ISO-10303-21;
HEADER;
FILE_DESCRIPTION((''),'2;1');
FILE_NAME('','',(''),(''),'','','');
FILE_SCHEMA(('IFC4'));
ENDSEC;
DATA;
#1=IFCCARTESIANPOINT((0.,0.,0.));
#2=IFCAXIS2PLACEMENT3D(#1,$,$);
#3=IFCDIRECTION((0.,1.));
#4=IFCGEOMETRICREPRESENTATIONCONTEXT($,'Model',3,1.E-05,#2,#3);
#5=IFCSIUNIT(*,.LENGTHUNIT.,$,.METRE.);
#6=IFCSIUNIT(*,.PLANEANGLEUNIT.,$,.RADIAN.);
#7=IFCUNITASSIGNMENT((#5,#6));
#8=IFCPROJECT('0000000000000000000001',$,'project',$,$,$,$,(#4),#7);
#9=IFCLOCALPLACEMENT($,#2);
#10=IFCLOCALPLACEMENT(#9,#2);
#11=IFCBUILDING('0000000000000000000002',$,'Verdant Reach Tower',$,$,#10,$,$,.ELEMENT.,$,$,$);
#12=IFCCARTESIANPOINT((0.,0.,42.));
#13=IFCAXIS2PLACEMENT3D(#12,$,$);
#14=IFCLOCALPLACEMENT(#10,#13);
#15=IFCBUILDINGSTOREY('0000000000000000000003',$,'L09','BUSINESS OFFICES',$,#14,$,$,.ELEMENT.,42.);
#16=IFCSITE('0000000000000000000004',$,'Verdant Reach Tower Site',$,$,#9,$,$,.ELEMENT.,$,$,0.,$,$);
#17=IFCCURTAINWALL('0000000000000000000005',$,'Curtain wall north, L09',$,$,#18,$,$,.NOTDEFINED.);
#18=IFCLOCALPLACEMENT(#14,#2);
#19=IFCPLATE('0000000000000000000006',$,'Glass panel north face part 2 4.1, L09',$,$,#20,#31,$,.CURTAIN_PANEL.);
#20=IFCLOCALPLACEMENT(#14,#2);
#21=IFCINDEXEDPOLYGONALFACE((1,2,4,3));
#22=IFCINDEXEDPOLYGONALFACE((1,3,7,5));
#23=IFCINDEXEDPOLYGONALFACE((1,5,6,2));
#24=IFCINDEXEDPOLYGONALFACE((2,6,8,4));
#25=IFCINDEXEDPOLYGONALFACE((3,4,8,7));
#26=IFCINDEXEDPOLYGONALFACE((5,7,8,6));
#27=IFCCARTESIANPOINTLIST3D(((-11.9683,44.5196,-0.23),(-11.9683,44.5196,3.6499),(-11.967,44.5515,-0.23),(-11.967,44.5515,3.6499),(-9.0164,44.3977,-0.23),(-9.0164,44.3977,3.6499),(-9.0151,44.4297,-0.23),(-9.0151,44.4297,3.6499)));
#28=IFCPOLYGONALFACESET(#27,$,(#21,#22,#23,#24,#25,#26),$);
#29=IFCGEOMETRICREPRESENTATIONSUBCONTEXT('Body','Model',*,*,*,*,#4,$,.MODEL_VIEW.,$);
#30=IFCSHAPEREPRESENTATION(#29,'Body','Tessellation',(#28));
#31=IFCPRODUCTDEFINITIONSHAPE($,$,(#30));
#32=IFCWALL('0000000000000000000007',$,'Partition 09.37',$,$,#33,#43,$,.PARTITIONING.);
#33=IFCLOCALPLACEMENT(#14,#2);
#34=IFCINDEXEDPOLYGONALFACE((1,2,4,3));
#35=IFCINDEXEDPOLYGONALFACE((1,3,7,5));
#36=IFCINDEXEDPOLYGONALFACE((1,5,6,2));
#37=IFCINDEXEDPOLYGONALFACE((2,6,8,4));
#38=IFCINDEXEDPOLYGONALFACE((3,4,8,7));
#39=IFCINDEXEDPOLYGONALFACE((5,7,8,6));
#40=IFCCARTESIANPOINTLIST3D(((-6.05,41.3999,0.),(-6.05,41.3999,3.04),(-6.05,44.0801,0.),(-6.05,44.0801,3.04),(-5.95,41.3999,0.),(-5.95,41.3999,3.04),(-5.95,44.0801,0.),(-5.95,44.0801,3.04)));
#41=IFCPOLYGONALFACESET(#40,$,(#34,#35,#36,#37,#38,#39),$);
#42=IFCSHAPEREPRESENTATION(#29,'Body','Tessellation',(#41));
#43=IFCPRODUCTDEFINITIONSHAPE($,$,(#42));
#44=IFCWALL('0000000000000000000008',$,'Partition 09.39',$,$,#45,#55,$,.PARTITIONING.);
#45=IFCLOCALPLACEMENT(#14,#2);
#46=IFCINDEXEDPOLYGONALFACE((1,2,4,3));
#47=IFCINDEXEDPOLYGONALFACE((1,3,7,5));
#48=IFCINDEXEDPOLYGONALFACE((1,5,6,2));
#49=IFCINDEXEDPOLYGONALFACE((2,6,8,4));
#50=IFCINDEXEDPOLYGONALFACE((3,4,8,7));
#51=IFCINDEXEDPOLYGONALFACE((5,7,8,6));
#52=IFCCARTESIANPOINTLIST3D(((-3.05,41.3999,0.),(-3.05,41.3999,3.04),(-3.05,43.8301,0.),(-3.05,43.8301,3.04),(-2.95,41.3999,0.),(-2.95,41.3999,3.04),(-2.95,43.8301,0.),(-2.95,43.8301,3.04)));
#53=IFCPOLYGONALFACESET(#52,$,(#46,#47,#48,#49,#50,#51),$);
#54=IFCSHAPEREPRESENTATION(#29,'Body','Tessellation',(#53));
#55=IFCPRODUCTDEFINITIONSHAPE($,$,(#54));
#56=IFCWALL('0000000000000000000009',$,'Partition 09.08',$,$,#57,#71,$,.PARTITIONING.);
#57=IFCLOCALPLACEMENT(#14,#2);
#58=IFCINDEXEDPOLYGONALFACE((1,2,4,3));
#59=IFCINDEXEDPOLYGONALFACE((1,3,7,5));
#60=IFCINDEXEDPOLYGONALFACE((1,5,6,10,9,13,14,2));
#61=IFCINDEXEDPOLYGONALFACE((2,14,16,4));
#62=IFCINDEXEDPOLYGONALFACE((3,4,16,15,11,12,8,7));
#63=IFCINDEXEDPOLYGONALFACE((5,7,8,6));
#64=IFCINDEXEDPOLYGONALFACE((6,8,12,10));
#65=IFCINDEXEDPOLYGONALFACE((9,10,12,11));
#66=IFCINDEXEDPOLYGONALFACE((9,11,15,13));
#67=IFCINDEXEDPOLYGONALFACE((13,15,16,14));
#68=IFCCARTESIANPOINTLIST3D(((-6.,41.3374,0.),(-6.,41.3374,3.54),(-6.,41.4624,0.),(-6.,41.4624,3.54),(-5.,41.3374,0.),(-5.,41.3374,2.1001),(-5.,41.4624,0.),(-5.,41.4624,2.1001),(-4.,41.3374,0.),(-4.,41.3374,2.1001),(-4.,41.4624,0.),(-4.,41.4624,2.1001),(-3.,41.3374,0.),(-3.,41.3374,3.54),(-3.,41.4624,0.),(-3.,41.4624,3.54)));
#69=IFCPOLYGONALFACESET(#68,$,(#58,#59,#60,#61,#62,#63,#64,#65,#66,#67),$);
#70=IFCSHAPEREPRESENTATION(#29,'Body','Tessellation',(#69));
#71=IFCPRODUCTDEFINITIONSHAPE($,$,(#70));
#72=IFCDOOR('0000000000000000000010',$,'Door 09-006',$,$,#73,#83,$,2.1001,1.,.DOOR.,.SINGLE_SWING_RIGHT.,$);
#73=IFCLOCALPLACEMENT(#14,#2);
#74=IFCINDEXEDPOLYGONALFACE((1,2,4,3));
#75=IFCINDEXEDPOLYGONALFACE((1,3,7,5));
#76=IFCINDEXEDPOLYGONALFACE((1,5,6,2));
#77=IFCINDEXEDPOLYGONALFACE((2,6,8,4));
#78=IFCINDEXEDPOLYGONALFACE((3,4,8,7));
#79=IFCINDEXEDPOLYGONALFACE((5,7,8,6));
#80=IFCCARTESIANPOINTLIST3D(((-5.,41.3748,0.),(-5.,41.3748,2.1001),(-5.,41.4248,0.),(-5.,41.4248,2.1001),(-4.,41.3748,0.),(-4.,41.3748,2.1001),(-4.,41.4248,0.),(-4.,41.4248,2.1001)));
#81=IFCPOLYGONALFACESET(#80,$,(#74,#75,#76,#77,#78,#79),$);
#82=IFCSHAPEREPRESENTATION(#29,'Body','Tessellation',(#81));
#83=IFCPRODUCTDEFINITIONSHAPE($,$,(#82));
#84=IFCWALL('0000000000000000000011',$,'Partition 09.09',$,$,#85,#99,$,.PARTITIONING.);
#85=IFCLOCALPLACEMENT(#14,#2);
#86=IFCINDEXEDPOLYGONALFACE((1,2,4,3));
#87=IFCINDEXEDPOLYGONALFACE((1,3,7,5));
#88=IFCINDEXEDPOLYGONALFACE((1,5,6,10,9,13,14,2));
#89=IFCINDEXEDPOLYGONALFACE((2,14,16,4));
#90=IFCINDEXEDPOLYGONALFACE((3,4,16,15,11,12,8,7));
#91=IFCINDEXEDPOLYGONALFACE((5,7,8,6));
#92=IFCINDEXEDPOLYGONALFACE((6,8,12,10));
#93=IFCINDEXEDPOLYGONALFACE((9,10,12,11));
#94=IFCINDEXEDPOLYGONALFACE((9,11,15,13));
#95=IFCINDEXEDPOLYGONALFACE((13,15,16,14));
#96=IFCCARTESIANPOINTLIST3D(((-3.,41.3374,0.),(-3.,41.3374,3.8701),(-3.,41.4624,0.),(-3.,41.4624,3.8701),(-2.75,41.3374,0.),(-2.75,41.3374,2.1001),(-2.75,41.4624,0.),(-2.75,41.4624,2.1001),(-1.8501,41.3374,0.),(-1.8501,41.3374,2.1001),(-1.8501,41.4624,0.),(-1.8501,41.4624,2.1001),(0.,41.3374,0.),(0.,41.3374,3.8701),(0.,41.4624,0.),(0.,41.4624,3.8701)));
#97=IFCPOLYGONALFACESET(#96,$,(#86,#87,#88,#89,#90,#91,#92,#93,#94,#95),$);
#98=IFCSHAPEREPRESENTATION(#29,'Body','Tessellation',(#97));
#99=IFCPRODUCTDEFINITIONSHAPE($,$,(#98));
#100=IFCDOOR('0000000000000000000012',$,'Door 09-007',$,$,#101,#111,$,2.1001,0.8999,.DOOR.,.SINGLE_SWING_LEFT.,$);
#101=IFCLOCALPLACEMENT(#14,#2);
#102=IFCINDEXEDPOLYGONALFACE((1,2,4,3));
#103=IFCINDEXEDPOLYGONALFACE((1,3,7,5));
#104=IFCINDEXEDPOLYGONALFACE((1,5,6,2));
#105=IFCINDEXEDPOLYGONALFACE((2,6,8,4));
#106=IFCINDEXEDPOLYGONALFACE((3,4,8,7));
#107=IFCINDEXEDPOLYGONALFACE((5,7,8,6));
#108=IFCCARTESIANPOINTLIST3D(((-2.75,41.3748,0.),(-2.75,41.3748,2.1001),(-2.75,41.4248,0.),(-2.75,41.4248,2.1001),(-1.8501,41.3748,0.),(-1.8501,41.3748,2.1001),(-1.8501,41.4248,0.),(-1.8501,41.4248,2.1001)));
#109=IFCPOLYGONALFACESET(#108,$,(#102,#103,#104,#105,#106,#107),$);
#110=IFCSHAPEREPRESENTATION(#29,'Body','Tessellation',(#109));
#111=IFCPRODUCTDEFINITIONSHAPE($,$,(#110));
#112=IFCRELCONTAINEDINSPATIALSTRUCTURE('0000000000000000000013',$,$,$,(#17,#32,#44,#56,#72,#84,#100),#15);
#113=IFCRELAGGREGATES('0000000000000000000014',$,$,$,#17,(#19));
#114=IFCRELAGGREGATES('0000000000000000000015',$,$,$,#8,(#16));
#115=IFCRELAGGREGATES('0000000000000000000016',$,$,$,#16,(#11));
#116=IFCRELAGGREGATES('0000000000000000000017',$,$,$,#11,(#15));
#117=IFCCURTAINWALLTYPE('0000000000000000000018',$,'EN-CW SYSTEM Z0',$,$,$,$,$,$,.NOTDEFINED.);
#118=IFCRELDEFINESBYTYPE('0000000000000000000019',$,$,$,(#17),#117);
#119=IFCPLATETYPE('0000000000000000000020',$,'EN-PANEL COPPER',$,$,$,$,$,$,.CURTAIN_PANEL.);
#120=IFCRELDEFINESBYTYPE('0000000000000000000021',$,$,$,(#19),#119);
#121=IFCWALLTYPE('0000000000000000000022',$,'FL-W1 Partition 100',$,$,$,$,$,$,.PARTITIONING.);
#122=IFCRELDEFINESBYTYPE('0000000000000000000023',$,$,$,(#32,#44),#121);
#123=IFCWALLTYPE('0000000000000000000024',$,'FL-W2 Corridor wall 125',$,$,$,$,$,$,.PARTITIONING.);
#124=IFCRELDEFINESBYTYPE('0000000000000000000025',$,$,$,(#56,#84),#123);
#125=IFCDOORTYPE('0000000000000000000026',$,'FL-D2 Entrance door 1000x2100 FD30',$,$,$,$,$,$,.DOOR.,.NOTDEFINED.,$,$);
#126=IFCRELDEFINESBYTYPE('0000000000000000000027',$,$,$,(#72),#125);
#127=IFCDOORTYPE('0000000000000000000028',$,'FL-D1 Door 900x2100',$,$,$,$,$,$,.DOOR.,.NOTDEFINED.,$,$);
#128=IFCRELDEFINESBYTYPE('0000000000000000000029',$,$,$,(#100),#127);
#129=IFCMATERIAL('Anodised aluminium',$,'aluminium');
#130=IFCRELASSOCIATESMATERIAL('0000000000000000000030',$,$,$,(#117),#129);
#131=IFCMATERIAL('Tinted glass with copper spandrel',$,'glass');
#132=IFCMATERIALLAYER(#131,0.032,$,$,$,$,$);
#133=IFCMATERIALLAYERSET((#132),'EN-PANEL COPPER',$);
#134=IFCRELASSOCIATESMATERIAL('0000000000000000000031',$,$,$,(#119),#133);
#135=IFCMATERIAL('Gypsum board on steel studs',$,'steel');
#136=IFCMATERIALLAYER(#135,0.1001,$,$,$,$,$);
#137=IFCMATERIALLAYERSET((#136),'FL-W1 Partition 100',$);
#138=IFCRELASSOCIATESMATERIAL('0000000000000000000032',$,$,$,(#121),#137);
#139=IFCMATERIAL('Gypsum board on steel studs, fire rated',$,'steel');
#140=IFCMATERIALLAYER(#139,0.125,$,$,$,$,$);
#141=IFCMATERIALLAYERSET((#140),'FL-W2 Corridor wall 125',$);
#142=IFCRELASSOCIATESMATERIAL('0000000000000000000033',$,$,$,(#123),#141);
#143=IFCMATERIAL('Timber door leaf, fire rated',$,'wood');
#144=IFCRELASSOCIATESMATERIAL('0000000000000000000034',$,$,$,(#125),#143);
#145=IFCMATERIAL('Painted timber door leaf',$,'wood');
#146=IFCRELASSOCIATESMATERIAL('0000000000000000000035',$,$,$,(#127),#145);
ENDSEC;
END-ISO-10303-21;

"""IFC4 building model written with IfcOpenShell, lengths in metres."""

from ifc_helpers import new_model, si_unit, direction, frame, frame_2d, origin, origin_2d, place, context, subcontext, project, spatial, rectangle, extrude, material, layer, layer_set, type_object, element, fill, aggregate, save


model = new_model("IFC4")

# Units and contexts
model_context = context("Model", 3, precision=1e-05, world=origin(), true_north=direction((0.0, 1.0)))
body_context = subcontext(model_context, "Body", "Model", "MODEL_VIEW")
ifc_project = project(units=[si_unit("LENGTHUNIT", "METRE"), si_unit("PLANEANGLEUNIT", "RADIAN")], contexts=[model_context])

# Site, building, storey
site_placement = place(None, origin())
site = spatial("IfcSite", under=ifc_project, at=site_placement, Name="Verdant Reach Tower Site", CompositionType="ELEMENT", RefElevation=0.0)
building_placement = place(site_placement, origin())
building = spatial("IfcBuilding", under=site, at=building_placement, Name="Verdant Reach Tower", CompositionType="ELEMENT")
storey_placement = place(building_placement, frame((0.0, 0.0, 42.0)))
storey = spatial("IfcBuildingStorey", under=building, at=storey_placement, Name="L09", Description="BUSINESS OFFICES", CompositionType="ELEMENT", Elevation=42.0)

# Curtain wall
ifc_material_1 = material(Name="Anodised aluminium", Category="aluminium")
curtain_wall_type = type_object("IfcCurtainWallType", Name="EN-CW SYSTEM Z0", PredefinedType="NOTDEFINED", material=ifc_material_1)
curtain_wall_placement = place(storey_placement, origin())
curtain_wall = element("IfcCurtainWall", 1, at=curtain_wall_placement, inside=storey, type_object=curtain_wall_type, Name="Curtain wall north, L09", PredefinedType="NOTDEFINED")

# Plate
ifc_material_2 = material(Name="Tinted glass with copper spandrel", Category="glass")
ifc_layer_1 = layer(ifc_material_2, 0.032)
ifc_layer_set_1 = layer_set([ifc_layer_1], Name="EN-PANEL COPPER")
plate_type_1 = type_object("IfcPlateType", Name="EN-PANEL COPPER", PredefinedType="CURTAIN_PANEL", material=ifc_layer_set_1)
plate_1_placement = place(storey_placement, frame((-10.4917, 44.4746, -0.23), z_axis=(0.0, 0.0, 1.0), x_axis=(-0.999149, 0.041242, 0.0)))
plate_1 = element("IfcPlate", 2, at=plate_1_placement, type_object=plate_type_1, Name="Glass panel north face part 2 4.1, L09", PredefinedType="CURTAIN_PANEL", context=body_context, shape_type="SweptSolid", body=[
    extrude(rectangle(XDim=2.9543, YDim=0.032, at=origin_2d()), origin(), (0.0, 0.0, 1.0), 3.8799),
])
aggregate(curtain_wall, [plate_1])

# Walls
ifc_material_3 = material(Name="Gypsum board on steel studs", Category="steel")
ifc_layer_2 = layer(ifc_material_3, 0.1001)
ifc_layer_set_2 = layer_set([ifc_layer_2], Name="FL-W1 Partition 100")
wall_type_1 = type_object("IfcWallType", Name="FL-W1 Partition 100", PredefinedType="PARTITIONING", material=ifc_layer_set_2)
wall_1_placement = place(storey_placement, frame((-6.0, 41.3999, 0.0), z_axis=(0.0, 0.0, 1.0), x_axis=(0.0, 1.0, 0.0)))
element("IfcWall", 3, at=wall_1_placement, inside=storey, type_object=wall_type_1, Name="Partition 09.37", PredefinedType="PARTITIONING", context=body_context, shape_type="SweptSolid", body=[
    extrude(rectangle(XDim=2.6802, YDim=0.1001, at=frame_2d((1.3401, 0.0))), origin(), (0.0, 0.0, 1.0), 3.04),
])
wall_2_placement = place(storey_placement, frame((-3.0, 41.3999, 0.0), z_axis=(0.0, 0.0, 1.0), x_axis=(0.0, 1.0, 0.0)))
element("IfcWall", 4, at=wall_2_placement, inside=storey, type_object=wall_type_1, Name="Partition 09.39", PredefinedType="PARTITIONING", context=body_context, shape_type="SweptSolid", body=[
    extrude(rectangle(XDim=2.4302, YDim=0.1001, at=frame_2d((1.2151, 0.0))), origin(), (0.0, 0.0, 1.0), 3.04),
])

# Walls, openings, doors
ifc_material_4 = material(Name="Gypsum board on steel studs, fire rated", Category="steel")
ifc_layer_3 = layer(ifc_material_4, 0.125)
ifc_layer_set_3 = layer_set([ifc_layer_3], Name="FL-W2 Corridor wall 125")
wall_type_2 = type_object("IfcWallType", Name="FL-W2 Corridor wall 125", PredefinedType="PARTITIONING", material=ifc_layer_set_3)
wall_3_placement = place(storey_placement, frame((-6.0, 41.3999, 0.0), z_axis=(0.0, 0.0, 1.0), x_axis=(1.0, 0.0, 0.0)))
wall_3 = element("IfcWall", 5, at=wall_3_placement, inside=storey, type_object=wall_type_2, Name="Partition 09.08", PredefinedType="PARTITIONING", context=body_context, shape_type="SweptSolid", body=[
    extrude(rectangle(XDim=3.0, YDim=0.125, at=frame_2d((1.5, 0.0))), origin(), (0.0, 0.0, 1.0), 3.54),
])
opening_1_placement = place(wall_3_placement, frame((1.0, 0.0, 0.0)))
opening_1 = element("IfcOpeningElement", 6, at=opening_1_placement, cuts=wall_3, PredefinedType="OPENING", context=body_context, shape_type="SweptSolid", body=[
    extrude(rectangle(XDim=1.0, YDim=2.1001, at=frame_2d((0.5, 1.05))), frame((0.0, 0.0725, 0.0), z_axis=(0.0, -1.0, 0.0), x_axis=(1.0, 0.0, 0.0)), (0.0, 0.0, 1.0), 0.145),
])
ifc_material_5 = material(Name="Timber door leaf, fire rated", Category="wood")
door_type_1 = type_object("IfcDoorType", Name="FL-D2 Entrance door 1000x2100 FD30", OperationType="NOTDEFINED", PredefinedType="DOOR", material=ifc_material_5)
door_1_placement = place(opening_1_placement, origin())
door_1 = element("IfcDoor", 7, at=door_1_placement, inside=storey, type_object=door_type_1, Name="Door 09-006", OperationType="SINGLE_SWING_RIGHT", OverallHeight=2.1001, OverallWidth=1.0, PredefinedType="DOOR", context=body_context, shape_type="SweptSolid", body=[
    extrude(rectangle(XDim=1.0, YDim=2.1001, at=frame_2d((0.5, 1.05))), frame((0.0, 0.0249, 0.0), z_axis=(0.0, -1.0, 0.0), x_axis=(1.0, 0.0, 0.0)), (0.0, 0.0, 1.0), 0.05),
])
fill(opening_1, door_1)
wall_4_placement = place(storey_placement, frame((-3.0, 41.3999, 0.0), z_axis=(0.0, 0.0, 1.0), x_axis=(1.0, 0.0, 0.0)))
wall_4 = element("IfcWall", 8, at=wall_4_placement, inside=storey, type_object=wall_type_2, Name="Partition 09.09", PredefinedType="PARTITIONING", context=body_context, shape_type="SweptSolid", body=[
    extrude(rectangle(XDim=3.0, YDim=0.125, at=frame_2d((1.5, 0.0))), origin(), (0.0, 0.0, 1.0), 3.8701),
])
opening_2_placement = place(wall_4_placement, frame((0.25, 0.0, 0.0)))
opening_2 = element("IfcOpeningElement", 9, at=opening_2_placement, cuts=wall_4, PredefinedType="OPENING", context=body_context, shape_type="SweptSolid", body=[
    extrude(rectangle(XDim=0.8999, YDim=2.1001, at=frame_2d((0.45, 1.05))), frame((0.0, 0.0725, 0.0), z_axis=(0.0, -1.0, 0.0), x_axis=(1.0, 0.0, 0.0)), (0.0, 0.0, 1.0), 0.145),
])
ifc_material_6 = material(Name="Painted timber door leaf", Category="wood")
door_type_2 = type_object("IfcDoorType", Name="FL-D1 Door 900x2100", OperationType="NOTDEFINED", PredefinedType="DOOR", material=ifc_material_6)
door_2_placement = place(opening_2_placement, origin())
door_2 = element("IfcDoor", 10, at=door_2_placement, inside=storey, type_object=door_type_2, Name="Door 09-007", OperationType="SINGLE_SWING_LEFT", OverallHeight=2.1001, OverallWidth=0.8999, PredefinedType="DOOR", context=body_context, shape_type="SweptSolid", body=[
    extrude(rectangle(XDim=0.8999, YDim=2.1001, at=frame_2d((0.45, 1.05))), frame((0.0, 0.0249, 0.0), z_axis=(0.0, -1.0, 0.0), x_axis=(1.0, 0.0, 0.0)), (0.0, 0.0, 1.0), 0.05),
])
fill(opening_2, door_2)

save(model, "model.ifc")
